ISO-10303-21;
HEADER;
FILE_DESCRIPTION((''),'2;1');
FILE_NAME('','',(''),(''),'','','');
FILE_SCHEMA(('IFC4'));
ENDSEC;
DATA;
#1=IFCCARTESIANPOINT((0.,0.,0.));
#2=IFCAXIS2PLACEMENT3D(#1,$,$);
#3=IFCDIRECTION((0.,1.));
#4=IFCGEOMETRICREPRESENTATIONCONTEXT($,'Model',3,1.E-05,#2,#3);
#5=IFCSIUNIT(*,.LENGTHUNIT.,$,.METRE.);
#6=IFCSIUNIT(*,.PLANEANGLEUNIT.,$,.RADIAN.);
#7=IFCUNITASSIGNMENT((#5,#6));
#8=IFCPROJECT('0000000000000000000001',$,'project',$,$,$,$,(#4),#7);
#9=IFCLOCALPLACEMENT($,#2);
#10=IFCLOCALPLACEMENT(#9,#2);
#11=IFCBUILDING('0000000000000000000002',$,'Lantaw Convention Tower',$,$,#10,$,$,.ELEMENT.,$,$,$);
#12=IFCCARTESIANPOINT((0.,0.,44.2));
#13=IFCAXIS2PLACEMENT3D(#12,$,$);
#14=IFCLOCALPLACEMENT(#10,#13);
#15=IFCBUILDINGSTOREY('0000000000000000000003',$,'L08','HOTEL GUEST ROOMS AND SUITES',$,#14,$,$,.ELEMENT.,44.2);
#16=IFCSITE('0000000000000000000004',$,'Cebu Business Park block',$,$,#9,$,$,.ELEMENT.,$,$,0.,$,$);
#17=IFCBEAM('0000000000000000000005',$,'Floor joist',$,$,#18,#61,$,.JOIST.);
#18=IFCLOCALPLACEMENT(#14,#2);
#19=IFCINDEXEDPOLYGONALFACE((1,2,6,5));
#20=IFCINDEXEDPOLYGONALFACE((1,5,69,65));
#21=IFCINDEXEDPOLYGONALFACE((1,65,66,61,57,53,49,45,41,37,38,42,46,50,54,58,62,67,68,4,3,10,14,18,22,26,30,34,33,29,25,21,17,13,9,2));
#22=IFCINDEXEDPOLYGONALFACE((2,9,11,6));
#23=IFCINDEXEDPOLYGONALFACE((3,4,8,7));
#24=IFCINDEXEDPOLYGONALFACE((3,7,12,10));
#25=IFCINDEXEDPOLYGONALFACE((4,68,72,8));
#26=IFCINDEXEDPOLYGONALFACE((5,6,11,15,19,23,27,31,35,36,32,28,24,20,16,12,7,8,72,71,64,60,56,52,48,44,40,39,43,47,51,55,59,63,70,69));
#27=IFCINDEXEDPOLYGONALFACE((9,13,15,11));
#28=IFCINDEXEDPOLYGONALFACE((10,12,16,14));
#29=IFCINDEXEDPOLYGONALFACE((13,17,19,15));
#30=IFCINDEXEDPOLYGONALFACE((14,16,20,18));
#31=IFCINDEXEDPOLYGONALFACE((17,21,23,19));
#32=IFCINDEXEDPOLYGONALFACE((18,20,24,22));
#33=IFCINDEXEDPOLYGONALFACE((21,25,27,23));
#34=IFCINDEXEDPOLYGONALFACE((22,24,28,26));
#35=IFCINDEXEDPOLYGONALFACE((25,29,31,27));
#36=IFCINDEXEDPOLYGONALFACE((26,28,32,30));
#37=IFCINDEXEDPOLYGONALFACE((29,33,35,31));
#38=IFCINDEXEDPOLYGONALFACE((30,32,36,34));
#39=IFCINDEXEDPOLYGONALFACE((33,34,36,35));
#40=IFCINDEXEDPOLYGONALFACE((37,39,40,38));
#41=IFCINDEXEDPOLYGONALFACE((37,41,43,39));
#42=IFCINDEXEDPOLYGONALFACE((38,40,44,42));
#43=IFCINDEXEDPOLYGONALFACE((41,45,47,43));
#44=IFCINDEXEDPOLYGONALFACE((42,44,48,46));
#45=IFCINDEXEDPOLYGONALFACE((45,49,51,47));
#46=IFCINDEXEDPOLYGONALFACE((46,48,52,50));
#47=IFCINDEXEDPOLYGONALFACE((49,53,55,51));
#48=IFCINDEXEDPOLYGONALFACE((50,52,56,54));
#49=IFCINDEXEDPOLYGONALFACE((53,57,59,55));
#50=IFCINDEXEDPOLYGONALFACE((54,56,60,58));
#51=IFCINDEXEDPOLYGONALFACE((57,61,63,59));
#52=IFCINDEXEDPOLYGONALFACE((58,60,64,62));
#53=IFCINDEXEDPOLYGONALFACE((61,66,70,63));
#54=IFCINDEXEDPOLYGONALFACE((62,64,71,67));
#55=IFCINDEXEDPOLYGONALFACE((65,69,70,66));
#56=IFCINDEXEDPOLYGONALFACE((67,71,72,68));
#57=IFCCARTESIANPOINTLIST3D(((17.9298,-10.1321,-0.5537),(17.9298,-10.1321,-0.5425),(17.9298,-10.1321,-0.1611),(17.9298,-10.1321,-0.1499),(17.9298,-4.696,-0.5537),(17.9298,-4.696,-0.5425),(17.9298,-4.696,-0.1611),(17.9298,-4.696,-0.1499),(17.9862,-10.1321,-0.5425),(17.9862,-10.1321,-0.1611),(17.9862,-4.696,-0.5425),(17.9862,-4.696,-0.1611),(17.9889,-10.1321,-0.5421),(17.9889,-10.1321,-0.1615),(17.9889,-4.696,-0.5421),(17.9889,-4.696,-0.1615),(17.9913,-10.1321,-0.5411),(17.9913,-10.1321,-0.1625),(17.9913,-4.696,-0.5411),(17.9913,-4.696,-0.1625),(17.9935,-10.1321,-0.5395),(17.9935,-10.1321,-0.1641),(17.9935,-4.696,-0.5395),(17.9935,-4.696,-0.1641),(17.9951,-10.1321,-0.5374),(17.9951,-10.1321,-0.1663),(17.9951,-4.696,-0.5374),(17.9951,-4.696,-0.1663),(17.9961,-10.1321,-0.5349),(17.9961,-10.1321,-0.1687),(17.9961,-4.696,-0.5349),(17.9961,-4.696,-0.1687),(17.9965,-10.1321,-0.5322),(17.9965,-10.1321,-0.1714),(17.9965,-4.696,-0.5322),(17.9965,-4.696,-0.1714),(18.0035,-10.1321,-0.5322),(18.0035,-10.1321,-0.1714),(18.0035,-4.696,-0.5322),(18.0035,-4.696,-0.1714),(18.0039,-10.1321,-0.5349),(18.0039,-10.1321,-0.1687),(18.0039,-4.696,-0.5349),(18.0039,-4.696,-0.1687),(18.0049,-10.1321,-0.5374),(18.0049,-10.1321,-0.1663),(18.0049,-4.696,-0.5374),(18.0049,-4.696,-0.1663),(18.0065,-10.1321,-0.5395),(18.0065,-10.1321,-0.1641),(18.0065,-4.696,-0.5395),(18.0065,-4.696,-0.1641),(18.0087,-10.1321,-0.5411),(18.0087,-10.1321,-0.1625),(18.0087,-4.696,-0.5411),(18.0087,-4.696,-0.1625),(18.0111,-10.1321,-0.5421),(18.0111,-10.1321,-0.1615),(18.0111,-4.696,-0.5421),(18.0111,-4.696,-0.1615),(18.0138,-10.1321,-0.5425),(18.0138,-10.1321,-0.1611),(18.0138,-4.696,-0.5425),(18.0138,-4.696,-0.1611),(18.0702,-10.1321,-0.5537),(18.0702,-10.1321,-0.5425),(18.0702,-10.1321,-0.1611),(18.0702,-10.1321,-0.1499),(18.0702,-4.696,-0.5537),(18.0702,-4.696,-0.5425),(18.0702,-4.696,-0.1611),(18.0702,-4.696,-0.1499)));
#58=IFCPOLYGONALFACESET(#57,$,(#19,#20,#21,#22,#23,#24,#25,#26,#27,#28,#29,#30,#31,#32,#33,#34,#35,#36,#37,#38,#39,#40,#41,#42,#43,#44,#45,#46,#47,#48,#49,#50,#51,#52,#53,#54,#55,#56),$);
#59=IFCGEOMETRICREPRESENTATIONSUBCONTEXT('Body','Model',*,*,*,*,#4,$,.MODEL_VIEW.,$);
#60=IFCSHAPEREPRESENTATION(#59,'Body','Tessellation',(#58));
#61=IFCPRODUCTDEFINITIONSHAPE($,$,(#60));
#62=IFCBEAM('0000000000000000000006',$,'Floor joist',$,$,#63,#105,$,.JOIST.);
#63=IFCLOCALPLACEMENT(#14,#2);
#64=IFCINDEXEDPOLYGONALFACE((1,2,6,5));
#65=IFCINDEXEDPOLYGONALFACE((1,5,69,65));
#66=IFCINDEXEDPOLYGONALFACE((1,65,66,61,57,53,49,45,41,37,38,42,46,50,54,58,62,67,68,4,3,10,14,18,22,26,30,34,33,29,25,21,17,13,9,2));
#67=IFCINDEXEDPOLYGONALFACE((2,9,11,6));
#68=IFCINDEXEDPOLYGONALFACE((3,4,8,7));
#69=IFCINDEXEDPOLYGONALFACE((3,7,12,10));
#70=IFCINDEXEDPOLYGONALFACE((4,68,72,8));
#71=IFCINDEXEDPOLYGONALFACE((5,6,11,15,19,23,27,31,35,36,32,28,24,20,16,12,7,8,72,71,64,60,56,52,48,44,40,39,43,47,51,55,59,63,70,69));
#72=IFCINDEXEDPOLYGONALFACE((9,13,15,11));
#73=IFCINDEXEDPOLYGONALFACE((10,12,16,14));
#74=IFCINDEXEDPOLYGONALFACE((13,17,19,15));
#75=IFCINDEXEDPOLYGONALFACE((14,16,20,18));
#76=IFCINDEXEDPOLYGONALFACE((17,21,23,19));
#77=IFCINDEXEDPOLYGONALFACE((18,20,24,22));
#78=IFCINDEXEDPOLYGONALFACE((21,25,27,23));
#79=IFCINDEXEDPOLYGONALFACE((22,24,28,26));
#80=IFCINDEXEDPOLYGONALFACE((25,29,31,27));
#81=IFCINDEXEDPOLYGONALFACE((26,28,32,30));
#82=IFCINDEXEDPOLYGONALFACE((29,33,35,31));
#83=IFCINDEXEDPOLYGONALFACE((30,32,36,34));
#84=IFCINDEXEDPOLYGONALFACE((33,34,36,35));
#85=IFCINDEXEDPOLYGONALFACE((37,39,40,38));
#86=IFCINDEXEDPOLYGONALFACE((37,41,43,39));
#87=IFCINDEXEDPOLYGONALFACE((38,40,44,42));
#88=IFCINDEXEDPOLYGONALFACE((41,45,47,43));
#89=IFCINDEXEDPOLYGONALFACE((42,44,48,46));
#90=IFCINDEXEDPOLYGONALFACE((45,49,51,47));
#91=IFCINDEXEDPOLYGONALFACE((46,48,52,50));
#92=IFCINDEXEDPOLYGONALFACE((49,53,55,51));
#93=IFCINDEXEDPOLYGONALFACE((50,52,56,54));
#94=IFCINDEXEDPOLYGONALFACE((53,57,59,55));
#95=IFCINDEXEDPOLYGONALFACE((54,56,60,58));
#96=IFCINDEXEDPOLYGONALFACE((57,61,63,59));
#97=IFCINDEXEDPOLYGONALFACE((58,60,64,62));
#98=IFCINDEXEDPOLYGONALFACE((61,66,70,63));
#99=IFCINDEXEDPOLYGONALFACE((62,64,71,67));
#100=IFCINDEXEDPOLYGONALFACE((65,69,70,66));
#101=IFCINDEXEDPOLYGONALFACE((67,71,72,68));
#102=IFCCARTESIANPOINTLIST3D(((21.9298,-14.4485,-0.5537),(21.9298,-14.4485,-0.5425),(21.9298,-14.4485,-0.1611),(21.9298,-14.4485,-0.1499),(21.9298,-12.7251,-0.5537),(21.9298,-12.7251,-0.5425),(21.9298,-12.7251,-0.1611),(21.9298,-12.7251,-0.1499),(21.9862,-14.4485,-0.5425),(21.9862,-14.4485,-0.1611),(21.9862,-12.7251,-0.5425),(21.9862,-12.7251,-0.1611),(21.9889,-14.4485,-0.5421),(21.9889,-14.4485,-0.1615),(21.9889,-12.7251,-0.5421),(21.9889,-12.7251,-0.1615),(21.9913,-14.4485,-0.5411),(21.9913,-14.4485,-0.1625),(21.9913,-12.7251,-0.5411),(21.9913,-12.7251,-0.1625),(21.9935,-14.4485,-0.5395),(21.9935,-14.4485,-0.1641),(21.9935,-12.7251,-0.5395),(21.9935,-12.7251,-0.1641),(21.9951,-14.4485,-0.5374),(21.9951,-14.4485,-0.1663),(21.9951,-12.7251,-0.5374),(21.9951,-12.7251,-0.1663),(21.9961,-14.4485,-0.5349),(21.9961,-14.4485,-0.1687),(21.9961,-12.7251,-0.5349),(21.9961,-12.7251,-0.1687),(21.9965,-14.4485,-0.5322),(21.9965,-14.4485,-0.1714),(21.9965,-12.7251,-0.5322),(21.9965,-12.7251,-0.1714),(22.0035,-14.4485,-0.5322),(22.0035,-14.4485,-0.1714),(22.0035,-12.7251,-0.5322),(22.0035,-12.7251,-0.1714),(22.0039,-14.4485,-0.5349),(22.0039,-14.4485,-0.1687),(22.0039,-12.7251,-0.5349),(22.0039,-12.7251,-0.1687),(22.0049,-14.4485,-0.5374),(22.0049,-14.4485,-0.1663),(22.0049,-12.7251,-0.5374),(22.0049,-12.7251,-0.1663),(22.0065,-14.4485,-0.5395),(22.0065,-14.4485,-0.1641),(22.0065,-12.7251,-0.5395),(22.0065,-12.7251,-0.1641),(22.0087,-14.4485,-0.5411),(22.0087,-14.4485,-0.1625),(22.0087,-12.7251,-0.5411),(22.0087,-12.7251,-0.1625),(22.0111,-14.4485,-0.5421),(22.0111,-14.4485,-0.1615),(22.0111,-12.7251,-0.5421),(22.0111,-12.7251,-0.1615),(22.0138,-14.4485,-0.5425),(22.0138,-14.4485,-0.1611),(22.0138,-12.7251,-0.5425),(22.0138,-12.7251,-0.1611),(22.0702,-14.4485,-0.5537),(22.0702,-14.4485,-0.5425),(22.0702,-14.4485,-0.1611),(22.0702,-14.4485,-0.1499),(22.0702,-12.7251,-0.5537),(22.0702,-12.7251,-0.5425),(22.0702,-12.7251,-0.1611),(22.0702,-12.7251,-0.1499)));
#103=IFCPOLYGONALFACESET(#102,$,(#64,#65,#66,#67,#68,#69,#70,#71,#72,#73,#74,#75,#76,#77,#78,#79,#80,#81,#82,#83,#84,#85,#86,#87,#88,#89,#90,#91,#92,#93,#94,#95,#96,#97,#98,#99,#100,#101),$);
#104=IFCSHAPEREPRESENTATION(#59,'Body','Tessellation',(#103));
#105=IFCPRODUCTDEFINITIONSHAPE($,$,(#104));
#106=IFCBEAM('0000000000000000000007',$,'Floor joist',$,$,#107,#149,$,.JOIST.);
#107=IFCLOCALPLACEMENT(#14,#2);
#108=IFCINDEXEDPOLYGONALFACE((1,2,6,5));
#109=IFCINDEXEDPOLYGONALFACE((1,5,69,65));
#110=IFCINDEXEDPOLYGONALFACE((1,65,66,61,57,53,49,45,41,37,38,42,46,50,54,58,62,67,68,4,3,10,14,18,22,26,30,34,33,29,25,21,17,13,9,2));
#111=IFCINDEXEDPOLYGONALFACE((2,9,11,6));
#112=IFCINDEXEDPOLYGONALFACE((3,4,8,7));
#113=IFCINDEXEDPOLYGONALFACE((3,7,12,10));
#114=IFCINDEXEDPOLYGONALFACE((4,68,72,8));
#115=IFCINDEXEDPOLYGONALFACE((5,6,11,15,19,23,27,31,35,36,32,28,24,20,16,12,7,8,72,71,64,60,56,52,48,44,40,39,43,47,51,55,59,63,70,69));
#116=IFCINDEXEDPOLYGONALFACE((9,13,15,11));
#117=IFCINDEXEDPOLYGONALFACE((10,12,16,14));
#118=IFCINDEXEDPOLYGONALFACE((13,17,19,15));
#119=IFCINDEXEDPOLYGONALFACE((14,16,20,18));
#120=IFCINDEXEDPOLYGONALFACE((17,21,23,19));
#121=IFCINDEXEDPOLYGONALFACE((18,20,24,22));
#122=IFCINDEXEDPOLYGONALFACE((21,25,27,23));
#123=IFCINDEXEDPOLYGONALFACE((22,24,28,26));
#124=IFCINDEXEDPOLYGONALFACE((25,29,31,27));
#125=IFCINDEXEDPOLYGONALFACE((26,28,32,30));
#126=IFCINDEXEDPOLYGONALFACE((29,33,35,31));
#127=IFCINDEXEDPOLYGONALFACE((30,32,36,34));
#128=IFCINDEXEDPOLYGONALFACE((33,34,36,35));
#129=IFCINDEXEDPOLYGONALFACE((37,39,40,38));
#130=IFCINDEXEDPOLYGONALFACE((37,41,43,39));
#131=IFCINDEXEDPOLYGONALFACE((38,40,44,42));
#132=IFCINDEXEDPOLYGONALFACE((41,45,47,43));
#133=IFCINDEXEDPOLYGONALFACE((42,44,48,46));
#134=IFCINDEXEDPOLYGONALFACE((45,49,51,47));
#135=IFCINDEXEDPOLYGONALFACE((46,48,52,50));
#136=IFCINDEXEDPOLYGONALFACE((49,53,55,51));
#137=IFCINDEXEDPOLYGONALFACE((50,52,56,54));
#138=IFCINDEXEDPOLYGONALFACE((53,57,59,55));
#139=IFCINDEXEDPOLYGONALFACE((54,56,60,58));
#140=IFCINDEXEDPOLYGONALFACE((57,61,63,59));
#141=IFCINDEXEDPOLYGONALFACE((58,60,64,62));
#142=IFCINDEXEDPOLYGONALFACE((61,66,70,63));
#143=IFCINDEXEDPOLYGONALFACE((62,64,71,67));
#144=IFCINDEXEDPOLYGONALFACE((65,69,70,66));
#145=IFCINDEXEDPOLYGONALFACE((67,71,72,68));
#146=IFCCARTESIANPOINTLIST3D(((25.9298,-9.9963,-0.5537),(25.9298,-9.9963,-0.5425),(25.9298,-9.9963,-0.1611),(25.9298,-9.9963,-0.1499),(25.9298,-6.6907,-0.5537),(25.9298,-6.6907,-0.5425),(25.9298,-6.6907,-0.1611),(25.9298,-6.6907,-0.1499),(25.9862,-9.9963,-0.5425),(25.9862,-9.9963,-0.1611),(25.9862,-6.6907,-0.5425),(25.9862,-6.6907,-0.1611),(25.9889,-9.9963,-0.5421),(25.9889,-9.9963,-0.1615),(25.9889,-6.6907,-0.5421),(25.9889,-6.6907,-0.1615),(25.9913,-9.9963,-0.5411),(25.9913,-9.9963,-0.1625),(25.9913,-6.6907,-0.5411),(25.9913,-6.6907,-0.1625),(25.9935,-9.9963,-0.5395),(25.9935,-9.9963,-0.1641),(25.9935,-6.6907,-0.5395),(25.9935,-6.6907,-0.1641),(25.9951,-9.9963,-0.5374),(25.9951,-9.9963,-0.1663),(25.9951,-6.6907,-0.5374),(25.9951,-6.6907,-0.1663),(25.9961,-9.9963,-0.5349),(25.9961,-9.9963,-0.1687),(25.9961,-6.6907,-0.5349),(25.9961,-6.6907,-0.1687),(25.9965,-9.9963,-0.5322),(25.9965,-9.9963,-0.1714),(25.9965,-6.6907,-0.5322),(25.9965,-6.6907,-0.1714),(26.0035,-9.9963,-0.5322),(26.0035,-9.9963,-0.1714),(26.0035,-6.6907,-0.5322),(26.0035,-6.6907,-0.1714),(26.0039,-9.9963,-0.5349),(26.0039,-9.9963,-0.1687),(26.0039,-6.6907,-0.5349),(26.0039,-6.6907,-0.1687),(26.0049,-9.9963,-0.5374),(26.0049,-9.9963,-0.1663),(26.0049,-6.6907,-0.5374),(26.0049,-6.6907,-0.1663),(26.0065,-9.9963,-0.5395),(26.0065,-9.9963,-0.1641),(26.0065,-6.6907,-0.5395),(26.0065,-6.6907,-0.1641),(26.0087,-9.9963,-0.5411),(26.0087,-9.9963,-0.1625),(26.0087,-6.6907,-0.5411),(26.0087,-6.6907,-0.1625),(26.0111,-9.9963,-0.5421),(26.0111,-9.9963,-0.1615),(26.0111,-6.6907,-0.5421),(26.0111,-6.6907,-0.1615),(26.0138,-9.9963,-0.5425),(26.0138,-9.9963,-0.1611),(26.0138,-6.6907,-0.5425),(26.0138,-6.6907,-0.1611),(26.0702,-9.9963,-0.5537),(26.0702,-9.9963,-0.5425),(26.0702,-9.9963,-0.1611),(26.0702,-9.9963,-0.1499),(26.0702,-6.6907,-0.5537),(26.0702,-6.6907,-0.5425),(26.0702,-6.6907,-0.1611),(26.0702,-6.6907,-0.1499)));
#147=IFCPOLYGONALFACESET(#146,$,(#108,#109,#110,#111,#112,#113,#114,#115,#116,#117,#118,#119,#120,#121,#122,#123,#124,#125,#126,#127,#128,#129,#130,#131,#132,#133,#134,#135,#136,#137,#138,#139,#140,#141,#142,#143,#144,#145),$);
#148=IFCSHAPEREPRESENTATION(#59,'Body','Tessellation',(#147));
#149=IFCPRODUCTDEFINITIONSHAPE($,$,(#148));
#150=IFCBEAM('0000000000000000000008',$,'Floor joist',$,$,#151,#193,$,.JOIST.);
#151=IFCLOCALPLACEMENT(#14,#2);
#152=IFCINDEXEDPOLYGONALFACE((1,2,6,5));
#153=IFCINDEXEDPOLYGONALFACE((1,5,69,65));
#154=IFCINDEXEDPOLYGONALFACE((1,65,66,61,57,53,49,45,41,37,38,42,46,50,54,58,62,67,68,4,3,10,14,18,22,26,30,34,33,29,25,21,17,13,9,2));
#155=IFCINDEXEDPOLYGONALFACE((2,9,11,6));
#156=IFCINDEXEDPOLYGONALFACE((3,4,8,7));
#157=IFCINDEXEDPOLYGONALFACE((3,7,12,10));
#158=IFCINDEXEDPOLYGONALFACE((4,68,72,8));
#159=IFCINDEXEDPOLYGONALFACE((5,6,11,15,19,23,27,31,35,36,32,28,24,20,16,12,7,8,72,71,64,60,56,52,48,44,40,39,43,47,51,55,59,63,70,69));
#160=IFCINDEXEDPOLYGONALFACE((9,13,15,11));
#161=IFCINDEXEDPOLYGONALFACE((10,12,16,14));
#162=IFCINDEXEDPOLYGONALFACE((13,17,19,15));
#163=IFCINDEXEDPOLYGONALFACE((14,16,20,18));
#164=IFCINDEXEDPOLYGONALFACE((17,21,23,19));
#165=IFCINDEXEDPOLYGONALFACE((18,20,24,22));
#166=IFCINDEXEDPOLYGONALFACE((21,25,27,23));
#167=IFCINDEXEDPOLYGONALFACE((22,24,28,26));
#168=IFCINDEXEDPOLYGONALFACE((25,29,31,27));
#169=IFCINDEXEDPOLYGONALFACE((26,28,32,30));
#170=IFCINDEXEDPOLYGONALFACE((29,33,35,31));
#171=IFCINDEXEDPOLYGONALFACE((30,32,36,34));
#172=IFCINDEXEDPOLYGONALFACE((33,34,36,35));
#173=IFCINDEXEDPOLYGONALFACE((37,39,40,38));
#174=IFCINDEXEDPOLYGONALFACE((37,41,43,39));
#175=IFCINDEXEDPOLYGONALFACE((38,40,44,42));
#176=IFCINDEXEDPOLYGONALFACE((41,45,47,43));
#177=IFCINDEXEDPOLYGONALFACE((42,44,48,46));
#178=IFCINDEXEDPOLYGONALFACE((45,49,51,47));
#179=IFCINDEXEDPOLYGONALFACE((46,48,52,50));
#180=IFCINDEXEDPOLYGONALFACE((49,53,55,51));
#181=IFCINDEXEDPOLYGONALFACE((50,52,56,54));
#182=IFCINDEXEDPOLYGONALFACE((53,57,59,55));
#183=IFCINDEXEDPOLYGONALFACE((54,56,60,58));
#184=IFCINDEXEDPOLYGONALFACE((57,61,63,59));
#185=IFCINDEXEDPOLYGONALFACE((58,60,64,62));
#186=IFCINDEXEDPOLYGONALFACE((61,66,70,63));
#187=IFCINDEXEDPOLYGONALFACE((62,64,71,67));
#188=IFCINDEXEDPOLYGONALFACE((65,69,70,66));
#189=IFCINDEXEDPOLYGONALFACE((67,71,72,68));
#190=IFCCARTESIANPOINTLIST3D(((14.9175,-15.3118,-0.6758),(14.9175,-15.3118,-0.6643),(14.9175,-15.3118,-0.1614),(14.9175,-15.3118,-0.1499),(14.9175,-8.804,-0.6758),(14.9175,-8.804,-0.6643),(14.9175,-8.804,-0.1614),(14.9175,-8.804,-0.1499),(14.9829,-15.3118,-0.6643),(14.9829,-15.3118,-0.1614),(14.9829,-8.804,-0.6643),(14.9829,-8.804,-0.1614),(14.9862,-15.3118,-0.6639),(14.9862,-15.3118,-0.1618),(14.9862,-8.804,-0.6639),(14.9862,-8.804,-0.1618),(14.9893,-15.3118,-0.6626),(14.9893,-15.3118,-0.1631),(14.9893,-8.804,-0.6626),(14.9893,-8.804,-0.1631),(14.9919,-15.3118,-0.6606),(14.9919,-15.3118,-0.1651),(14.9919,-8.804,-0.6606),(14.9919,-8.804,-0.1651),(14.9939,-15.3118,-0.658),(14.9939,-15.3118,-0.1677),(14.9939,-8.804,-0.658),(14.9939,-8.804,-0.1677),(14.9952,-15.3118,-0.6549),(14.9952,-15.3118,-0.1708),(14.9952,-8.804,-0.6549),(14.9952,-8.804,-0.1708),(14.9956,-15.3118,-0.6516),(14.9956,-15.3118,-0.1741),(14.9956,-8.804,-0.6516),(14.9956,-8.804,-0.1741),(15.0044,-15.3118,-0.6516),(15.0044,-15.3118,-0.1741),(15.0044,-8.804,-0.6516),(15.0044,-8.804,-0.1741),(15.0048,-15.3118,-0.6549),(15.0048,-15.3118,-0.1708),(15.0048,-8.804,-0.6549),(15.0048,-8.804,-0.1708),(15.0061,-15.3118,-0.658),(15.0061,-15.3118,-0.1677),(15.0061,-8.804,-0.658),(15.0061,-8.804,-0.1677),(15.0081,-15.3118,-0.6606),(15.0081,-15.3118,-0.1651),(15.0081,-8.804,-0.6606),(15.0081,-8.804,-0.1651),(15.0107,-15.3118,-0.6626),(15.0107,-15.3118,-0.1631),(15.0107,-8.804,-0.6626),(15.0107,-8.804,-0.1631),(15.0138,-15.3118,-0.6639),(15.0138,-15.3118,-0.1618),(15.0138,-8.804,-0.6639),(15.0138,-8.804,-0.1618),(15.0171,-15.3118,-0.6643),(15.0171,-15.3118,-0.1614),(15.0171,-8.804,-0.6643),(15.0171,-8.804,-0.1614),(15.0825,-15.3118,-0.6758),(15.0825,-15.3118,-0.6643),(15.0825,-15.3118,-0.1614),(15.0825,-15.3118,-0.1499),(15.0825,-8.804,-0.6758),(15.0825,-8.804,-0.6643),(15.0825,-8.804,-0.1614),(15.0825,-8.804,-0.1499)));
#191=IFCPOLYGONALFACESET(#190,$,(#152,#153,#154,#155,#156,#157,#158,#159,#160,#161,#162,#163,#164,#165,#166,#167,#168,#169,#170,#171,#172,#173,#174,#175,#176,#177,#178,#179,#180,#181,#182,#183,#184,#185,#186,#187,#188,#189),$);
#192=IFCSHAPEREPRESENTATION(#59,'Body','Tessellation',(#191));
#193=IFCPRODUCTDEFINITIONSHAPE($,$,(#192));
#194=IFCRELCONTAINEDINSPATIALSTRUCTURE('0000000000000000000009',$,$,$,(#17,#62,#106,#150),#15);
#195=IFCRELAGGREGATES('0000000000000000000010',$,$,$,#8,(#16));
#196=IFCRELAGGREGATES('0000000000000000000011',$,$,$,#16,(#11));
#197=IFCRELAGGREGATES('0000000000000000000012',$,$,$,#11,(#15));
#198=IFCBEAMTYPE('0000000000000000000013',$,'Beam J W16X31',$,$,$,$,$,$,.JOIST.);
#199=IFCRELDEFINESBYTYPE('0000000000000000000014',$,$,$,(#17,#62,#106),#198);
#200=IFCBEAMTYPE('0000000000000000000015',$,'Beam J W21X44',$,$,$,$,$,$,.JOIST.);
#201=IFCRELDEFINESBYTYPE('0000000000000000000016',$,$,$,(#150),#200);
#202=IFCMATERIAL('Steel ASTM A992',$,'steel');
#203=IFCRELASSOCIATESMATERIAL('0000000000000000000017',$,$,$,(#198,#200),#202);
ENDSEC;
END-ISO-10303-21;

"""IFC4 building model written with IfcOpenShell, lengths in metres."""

from ifc_helpers import new_model, si_unit, direction, frame, origin, origin_2d, place, context, subcontext, project, spatial, i_section, extrude, material, material_profile, profile_set, type_object, element, save


model = new_model("IFC4")

# Units and contexts
model_context = context("Model", 3, precision=1e-05, world=origin(), true_north=direction((0.0, 1.0)))
body_context = subcontext(model_context, "Body", "Model", "MODEL_VIEW")
ifc_project = project(units=[si_unit("LENGTHUNIT", "METRE"), si_unit("PLANEANGLEUNIT", "RADIAN")], contexts=[model_context])

# Site, building, storey
site_placement = place(None, origin())
site = spatial("IfcSite", under=ifc_project, at=site_placement, Name="Cebu Business Park block", CompositionType="ELEMENT", RefElevation=0.0)
building_placement = place(site_placement, origin())
building = spatial("IfcBuilding", under=site, at=building_placement, Name="Lantaw Convention Tower", CompositionType="ELEMENT")
storey_placement = place(building_placement, frame((0.0, 0.0, 44.2)))
storey = spatial("IfcBuildingStorey", under=building, at=storey_placement, Name="L08", Description="HOTEL GUEST ROOMS AND SUITES", CompositionType="ELEMENT", Elevation=44.2)

# Beams
ifc_material_1 = material(Name="Steel ASTM A992", Category="steel")
ifc_material_profile_1 = material_profile(ifc_material_1, i_section(OverallWidth=0.1404, OverallDepth=0.4038, WebThickness=0.0071, FlangeThickness=0.0112, FilletRadius=0.0103, at=origin_2d()), Name="W16X31")
ifc_profile_set_1 = profile_set([ifc_material_profile_1], Name="Steel ASTM A992")
beam_type_1 = type_object("IfcBeamType", Name="Beam J W16X31", PredefinedType="JOIST", material=ifc_profile_set_1)
beam_1_placement = place(storey_placement, frame((18.0, -10.1321, -0.3518), z_axis=(0.0, 1.0, 0.0), x_axis=(-1.0, 0.0, 0.0)))
element("IfcBeam", 1, at=beam_1_placement, inside=storey, type_object=beam_type_1, Name="Floor joist", PredefinedType="JOIST", context=body_context, shape_type="SweptSolid", body=[
    extrude(i_section(OverallWidth=0.1404, OverallDepth=0.4038, WebThickness=0.0071, FlangeThickness=0.0112, FilletRadius=0.0103, at=origin_2d()), origin(), (0.0, 0.0, 1.0), 5.436),
])
beam_2_placement = place(storey_placement, frame((22.0, -14.4485, -0.3518), z_axis=(0.0, 1.0, 0.0), x_axis=(-1.0, 0.0, 0.0)))
element("IfcBeam", 2, at=beam_2_placement, inside=storey, type_object=beam_type_1, Name="Floor joist", PredefinedType="JOIST", context=body_context, shape_type="SweptSolid", body=[
    extrude(i_section(OverallWidth=0.1404, OverallDepth=0.4038, WebThickness=0.0071, FlangeThickness=0.0112, FilletRadius=0.0103, at=origin_2d()), origin(), (0.0, 0.0, 1.0), 1.7234),
])
beam_3_placement = place(storey_placement, frame((26.0, -9.9963, -0.3518), z_axis=(0.0, 1.0, 0.0), x_axis=(-1.0, 0.0, 0.0)))
element("IfcBeam", 3, at=beam_3_placement, inside=storey, type_object=beam_type_1, Name="Floor joist", PredefinedType="JOIST", context=body_context, shape_type="SweptSolid", body=[
    extrude(i_section(OverallWidth=0.1404, OverallDepth=0.4038, WebThickness=0.0071, FlangeThickness=0.0112, FilletRadius=0.0103, at=origin_2d()), origin(), (0.0, 0.0, 1.0), 3.3057),
])
ifc_material_profile_2 = material_profile(ifc_material_1, i_section(OverallWidth=0.165, OverallDepth=0.5259, WebThickness=0.0088, FlangeThickness=0.0115, FilletRadius=0.0127, at=origin_2d()), Name="W21X44")
ifc_profile_set_2 = profile_set([ifc_material_profile_2], Name="Steel ASTM A992")
beam_type_2 = type_object("IfcBeamType", Name="Beam J W21X44", PredefinedType="JOIST", material=ifc_profile_set_2)
beam_4_placement = place(storey_placement, frame((15.0, -15.3118, -0.4128), z_axis=(0.0, 1.0, 0.0), x_axis=(-1.0, 0.0, 0.0)))
element("IfcBeam", 4, at=beam_4_placement, inside=storey, type_object=beam_type_2, Name="Floor joist", PredefinedType="JOIST", context=body_context, shape_type="SweptSolid", body=[
    extrude(i_section(OverallWidth=0.165, OverallDepth=0.5259, WebThickness=0.0088, FlangeThickness=0.0115, FilletRadius=0.0127, at=origin_2d()), origin(), (0.0, 0.0, 1.0), 6.5078),
])

save(model, "model.ifc")
